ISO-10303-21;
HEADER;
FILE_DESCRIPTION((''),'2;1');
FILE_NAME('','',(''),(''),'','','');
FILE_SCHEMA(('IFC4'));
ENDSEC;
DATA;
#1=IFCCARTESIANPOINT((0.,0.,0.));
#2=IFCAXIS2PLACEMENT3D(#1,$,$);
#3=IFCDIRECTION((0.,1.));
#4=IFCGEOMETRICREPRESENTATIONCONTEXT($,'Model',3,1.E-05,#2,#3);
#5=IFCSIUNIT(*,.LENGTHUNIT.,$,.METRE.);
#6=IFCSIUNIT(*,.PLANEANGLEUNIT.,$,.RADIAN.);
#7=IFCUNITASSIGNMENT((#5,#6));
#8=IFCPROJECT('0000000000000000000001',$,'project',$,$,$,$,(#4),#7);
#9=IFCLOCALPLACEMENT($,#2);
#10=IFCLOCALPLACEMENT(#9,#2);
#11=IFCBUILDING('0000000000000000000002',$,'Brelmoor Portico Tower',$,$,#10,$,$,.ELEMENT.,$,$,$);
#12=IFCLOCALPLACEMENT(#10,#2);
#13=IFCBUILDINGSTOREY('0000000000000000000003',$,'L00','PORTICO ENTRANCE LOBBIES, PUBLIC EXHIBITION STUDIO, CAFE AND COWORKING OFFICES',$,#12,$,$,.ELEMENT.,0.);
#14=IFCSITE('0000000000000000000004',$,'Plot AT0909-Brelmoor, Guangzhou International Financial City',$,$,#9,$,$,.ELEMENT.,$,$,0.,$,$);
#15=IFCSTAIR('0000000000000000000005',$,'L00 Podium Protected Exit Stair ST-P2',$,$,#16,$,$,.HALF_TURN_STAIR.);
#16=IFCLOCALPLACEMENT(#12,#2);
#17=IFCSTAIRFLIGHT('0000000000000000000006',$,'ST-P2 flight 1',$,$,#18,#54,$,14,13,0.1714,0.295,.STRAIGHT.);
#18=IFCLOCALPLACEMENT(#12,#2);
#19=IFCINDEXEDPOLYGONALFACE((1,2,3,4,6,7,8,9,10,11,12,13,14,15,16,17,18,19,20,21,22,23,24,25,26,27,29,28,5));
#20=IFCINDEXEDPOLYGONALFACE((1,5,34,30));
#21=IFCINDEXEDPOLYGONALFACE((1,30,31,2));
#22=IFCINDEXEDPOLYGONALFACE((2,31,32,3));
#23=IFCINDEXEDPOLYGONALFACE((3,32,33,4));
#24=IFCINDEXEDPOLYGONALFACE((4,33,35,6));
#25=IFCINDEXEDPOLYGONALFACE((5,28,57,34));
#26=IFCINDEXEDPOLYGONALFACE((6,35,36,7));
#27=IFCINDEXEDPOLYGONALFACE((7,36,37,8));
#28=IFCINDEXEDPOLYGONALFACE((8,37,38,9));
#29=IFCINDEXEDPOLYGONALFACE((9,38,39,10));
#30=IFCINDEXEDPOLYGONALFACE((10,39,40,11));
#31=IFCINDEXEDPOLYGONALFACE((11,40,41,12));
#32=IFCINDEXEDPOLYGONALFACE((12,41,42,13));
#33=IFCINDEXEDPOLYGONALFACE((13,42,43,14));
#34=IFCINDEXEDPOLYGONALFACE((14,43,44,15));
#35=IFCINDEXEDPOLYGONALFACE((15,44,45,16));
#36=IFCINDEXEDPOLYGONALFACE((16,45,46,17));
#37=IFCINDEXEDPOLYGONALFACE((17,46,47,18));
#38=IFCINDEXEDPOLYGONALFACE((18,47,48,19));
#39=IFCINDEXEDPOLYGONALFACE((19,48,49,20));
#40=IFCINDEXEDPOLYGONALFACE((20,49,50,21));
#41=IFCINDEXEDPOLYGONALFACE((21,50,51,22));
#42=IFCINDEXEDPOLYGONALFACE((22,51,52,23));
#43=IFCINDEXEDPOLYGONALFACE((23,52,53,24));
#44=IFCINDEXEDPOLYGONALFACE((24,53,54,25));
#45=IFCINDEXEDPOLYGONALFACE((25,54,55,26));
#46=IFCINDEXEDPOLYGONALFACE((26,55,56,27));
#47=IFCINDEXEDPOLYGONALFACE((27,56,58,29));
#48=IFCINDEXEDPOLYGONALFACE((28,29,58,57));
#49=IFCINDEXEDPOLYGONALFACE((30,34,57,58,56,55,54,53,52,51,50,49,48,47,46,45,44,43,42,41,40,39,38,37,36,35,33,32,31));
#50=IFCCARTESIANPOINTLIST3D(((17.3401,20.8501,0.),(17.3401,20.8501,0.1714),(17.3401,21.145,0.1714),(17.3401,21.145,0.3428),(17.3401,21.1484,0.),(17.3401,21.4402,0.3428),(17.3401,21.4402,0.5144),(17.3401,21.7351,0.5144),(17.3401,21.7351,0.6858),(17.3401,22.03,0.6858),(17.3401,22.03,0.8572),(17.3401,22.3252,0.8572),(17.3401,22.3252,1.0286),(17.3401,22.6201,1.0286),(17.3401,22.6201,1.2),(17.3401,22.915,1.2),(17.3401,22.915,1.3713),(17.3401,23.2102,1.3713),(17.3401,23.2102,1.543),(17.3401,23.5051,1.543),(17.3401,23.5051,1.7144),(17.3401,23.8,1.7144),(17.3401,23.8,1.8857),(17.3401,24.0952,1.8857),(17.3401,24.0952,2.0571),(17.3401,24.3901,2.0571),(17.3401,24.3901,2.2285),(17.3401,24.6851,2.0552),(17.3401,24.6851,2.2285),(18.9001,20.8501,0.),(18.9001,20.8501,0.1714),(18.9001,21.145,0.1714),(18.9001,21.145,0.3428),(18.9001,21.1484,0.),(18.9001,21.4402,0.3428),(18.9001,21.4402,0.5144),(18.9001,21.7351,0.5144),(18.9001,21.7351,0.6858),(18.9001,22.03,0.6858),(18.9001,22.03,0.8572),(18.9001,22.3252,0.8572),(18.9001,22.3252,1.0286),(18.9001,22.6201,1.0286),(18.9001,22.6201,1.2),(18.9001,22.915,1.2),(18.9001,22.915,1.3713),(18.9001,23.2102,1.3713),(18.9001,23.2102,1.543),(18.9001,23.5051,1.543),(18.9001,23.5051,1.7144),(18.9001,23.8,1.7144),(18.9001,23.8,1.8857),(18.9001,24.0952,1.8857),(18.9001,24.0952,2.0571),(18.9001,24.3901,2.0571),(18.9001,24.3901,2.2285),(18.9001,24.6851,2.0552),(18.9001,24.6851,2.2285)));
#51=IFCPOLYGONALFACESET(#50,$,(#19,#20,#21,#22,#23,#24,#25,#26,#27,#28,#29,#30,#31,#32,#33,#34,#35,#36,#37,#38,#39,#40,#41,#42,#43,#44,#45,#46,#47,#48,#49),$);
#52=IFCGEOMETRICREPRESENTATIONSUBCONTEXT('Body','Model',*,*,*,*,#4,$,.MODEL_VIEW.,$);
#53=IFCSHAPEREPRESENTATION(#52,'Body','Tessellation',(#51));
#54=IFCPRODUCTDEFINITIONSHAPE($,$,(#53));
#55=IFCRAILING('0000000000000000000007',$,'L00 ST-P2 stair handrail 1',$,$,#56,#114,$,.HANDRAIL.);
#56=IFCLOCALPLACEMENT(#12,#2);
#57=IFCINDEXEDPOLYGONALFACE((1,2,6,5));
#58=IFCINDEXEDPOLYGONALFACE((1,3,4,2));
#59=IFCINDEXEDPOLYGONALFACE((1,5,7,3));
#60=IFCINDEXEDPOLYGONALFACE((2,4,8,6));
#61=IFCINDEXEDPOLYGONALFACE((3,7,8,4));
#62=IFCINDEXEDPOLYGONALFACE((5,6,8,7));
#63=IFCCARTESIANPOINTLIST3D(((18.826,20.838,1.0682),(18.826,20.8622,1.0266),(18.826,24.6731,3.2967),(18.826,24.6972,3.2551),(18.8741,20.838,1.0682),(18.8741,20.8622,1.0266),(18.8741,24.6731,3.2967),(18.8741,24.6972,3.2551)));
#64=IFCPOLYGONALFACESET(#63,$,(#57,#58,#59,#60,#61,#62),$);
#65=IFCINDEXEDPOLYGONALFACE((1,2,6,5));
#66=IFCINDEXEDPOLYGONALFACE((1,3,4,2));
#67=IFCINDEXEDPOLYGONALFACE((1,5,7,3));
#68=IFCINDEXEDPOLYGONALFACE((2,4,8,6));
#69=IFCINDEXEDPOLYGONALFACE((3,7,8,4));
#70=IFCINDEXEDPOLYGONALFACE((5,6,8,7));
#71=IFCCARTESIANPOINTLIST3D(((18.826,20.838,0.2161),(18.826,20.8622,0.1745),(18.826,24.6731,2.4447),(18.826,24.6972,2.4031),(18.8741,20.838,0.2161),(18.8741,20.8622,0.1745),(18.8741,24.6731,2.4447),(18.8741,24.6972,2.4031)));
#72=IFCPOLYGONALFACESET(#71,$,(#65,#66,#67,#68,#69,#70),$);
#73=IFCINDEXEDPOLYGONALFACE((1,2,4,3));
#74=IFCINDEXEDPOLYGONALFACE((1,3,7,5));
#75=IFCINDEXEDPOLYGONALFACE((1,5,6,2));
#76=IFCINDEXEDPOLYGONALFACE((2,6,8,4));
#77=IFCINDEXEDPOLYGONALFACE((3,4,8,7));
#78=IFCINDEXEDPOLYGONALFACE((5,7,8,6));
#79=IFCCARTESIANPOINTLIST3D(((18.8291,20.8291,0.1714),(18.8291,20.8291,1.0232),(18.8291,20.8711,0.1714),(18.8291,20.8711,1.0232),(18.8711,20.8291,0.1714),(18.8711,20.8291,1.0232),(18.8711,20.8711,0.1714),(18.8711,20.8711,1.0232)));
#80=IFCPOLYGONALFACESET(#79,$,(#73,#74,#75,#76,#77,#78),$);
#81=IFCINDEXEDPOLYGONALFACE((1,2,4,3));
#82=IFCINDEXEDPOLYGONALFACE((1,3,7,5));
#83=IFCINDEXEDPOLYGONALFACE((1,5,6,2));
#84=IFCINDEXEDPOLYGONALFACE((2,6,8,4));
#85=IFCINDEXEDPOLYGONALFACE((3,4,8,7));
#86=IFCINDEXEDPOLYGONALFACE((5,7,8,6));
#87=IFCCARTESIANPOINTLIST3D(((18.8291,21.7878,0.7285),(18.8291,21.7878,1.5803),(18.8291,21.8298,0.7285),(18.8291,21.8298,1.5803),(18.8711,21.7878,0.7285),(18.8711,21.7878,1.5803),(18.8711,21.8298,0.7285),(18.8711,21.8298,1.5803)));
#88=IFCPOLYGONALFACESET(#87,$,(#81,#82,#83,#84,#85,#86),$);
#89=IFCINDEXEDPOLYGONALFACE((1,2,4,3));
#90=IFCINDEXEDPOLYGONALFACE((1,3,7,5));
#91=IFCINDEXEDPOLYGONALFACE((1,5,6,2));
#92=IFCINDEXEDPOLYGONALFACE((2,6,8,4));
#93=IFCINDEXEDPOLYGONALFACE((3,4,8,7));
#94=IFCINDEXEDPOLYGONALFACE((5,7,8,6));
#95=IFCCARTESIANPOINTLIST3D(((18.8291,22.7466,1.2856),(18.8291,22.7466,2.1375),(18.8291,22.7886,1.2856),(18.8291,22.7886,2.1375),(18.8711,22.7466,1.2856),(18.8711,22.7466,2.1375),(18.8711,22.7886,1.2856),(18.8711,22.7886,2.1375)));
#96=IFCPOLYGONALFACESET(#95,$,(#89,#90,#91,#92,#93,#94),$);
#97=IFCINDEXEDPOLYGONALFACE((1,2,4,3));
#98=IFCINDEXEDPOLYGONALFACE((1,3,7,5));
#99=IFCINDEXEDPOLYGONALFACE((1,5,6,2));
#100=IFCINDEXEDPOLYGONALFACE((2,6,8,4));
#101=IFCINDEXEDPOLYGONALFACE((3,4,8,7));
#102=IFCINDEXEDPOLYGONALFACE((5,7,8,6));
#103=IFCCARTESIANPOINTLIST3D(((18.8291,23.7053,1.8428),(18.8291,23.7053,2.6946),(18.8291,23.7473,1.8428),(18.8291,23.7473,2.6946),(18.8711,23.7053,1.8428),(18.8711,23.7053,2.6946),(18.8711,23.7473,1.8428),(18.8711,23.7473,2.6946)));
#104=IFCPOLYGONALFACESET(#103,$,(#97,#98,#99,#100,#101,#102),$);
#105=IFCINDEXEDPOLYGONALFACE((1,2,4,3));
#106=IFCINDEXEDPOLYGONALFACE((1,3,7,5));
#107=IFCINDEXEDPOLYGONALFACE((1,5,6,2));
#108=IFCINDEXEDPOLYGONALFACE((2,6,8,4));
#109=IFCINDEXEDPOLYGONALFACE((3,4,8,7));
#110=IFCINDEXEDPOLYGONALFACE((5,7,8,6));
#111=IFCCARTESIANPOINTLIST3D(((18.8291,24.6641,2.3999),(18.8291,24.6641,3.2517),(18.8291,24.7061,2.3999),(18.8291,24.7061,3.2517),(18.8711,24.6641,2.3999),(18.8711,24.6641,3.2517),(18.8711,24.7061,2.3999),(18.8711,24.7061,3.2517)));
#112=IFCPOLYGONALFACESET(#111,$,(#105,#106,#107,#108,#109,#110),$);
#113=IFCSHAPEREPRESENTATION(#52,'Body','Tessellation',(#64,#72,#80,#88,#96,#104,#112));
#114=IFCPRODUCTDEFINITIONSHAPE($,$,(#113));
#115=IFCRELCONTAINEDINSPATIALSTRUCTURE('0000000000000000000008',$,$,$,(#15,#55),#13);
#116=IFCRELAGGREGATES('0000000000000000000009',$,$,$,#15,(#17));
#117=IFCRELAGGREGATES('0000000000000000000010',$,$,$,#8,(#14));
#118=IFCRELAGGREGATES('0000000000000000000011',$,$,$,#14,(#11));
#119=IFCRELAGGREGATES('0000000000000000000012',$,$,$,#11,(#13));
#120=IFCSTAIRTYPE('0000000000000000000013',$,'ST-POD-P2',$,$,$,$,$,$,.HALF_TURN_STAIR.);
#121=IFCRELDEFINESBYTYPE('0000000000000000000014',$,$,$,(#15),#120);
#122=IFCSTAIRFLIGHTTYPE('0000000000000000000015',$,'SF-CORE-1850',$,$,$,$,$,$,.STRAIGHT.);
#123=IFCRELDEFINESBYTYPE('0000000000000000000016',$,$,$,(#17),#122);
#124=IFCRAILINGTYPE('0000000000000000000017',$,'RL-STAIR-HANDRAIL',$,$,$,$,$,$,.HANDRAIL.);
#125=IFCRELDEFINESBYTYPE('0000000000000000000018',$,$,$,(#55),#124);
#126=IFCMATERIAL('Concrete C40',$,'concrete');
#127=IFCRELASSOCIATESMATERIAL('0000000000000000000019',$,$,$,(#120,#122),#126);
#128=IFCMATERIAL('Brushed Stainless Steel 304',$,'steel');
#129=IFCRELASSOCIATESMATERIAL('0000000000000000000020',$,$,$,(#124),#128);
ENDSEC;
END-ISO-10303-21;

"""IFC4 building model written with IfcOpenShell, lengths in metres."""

from ifc_helpers import new_model, si_unit, direction, frame, origin, origin_2d, place, context, subcontext, project, spatial, polyline, rectangle, outline, extrude, material, type_object, element, aggregate, save


model = new_model("IFC4")

# Units and contexts
model_context = context("Model", 3, precision=1e-05, world=origin(), true_north=direction((0.0, 1.0)))
body_context = subcontext(model_context, "Body", "Model", "MODEL_VIEW")
ifc_project = project(units=[si_unit("LENGTHUNIT", "METRE"), si_unit("PLANEANGLEUNIT", "RADIAN")], contexts=[model_context])

# Site, building, storey
site_placement = place(None, origin())
site = spatial("IfcSite", under=ifc_project, at=site_placement, Name="Plot AT0909-Brelmoor, Guangzhou International Financial City", CompositionType="ELEMENT", RefElevation=0.0)
building_placement = place(site_placement, origin())
building = spatial("IfcBuilding", under=site, at=building_placement, Name="Brelmoor Portico Tower", CompositionType="ELEMENT")
storey_placement = place(building_placement, origin())
storey = spatial("IfcBuildingStorey", under=building, at=storey_placement, Name="L00", Description="PORTICO ENTRANCE LOBBIES, PUBLIC EXHIBITION STUDIO, CAFE AND COWORKING OFFICES", CompositionType="ELEMENT", Elevation=0.0)

# Shared definitions
ifc_material_1 = material(Name="Concrete C40", Category="concrete")

# Stair, stair flight
stair_type = type_object("IfcStairType", Name="ST-POD-P2", PredefinedType="HALF_TURN_STAIR", material=ifc_material_1)
stair_placement = place(storey_placement, origin())
stair = element("IfcStair", 1, at=stair_placement, inside=storey, type_object=stair_type, Name="L00 Podium Protected Exit Stair ST-P2", PredefinedType="HALF_TURN_STAIR")
stair_flight_type = type_object("IfcStairFlightType", Name="SF-CORE-1850", PredefinedType="STRAIGHT", material=ifc_material_1)
stair_flight_placement = place(storey_placement, frame((18.1201, 20.8501, 0.0), z_axis=(0.0, 0.0, 1.0), x_axis=(0.0, 1.0, 0.0)))
stair_flight = element("IfcStairFlight", 2, at=stair_flight_placement, type_object=stair_flight_type, Name="ST-P2 flight 1", NumberOfRisers=14, NumberOfTreads=13, PredefinedType="STRAIGHT", RiserHeight=0.1714, TreadLength=0.295, context=body_context, shape_type="SweptSolid", body=[
    extrude(outline(polyline([(0.0, 0.0), (0.0, 0.1714), (0.2949, 0.1714), (0.2949, 0.3428), (0.5901, 0.3428), (0.5901, 0.5144), (0.885, 0.5144), (0.885, 0.6858), (1.1799, 0.6858), (1.1799, 0.8572), (1.4751, 0.8572), (1.4751, 1.0286), (1.77, 1.0286), (1.77, 1.2), (2.0649, 1.2), (2.0649, 1.3713), (2.3601, 1.3713), (2.3601, 1.543), (2.655, 1.543), (2.655, 1.7144), (2.95, 1.7144), (2.95, 1.8857), (3.2451, 1.8857), (3.2451, 2.0571), (3.54, 2.0571), (3.54, 2.2285), (3.835, 2.2285), (3.835, 2.3999), (3.835, 2.0552), (0.2983, 0.0), (0.0, 0.0)])), frame((0.0, 0.78, 0.0), z_axis=(0.0, -1.0, 0.0), x_axis=(1.0, 0.0, 0.0)), (0.0, 0.0, 1.0), 1.5601),
])
aggregate(stair, [stair_flight])

# Railing
ifc_material_2 = material(Name="Brushed Stainless Steel 304", Category="steel")
railing_type = type_object("IfcRailingType", Name="RL-STAIR-HANDRAIL", PredefinedType="HANDRAIL", material=ifc_material_2)
railing_placement = place(storey_placement, frame((18.8501, 20.8501, 0.1714)))
element("IfcRailing", 3, at=railing_placement, inside=storey, type_object=railing_type, Name="L00 ST-P2 stair handrail 1", PredefinedType="HANDRAIL", context=body_context, shape_type="SweptSolid", body=[
    extrude(rectangle(XDim=0.0481, YDim=0.0481, at=origin_2d()), frame((0.0, 0.0, 0.876), z_axis=(0.0, 0.864616, 0.502433), x_axis=(-1.0, 0.0, 0.0)), (0.0, 0.0, 1.0), 4.4355),
    extrude(rectangle(XDim=0.0481, YDim=0.0481, at=origin_2d()), frame((0.0, 0.0, 0.0239), z_axis=(0.0, 0.864616, 0.502433), x_axis=(-1.0, 0.0, 0.0)), (0.0, 0.0, 1.0), 4.4355),
    extrude(rectangle(XDim=0.042, YDim=0.042, at=origin_2d()), origin(), (0.0, 0.0, 1.0), 0.8518),
    extrude(rectangle(XDim=0.042, YDim=0.042, at=origin_2d()), frame((0.0, 0.9587, 0.5571)), (0.0, 0.0, 1.0), 0.8518),
    extrude(rectangle(XDim=0.042, YDim=0.042, at=origin_2d()), frame((0.0, 1.9175, 1.1143)), (0.0, 0.0, 1.0), 0.8518),
    extrude(rectangle(XDim=0.042, YDim=0.042, at=origin_2d()), frame((0.0, 2.8762, 1.6714)), (0.0, 0.0, 1.0), 0.8518),
    extrude(rectangle(XDim=0.042, YDim=0.042, at=origin_2d()), frame((0.0, 3.835, 2.2285)), (0.0, 0.0, 1.0), 0.8518),
])

save(model, "model.ifc")
